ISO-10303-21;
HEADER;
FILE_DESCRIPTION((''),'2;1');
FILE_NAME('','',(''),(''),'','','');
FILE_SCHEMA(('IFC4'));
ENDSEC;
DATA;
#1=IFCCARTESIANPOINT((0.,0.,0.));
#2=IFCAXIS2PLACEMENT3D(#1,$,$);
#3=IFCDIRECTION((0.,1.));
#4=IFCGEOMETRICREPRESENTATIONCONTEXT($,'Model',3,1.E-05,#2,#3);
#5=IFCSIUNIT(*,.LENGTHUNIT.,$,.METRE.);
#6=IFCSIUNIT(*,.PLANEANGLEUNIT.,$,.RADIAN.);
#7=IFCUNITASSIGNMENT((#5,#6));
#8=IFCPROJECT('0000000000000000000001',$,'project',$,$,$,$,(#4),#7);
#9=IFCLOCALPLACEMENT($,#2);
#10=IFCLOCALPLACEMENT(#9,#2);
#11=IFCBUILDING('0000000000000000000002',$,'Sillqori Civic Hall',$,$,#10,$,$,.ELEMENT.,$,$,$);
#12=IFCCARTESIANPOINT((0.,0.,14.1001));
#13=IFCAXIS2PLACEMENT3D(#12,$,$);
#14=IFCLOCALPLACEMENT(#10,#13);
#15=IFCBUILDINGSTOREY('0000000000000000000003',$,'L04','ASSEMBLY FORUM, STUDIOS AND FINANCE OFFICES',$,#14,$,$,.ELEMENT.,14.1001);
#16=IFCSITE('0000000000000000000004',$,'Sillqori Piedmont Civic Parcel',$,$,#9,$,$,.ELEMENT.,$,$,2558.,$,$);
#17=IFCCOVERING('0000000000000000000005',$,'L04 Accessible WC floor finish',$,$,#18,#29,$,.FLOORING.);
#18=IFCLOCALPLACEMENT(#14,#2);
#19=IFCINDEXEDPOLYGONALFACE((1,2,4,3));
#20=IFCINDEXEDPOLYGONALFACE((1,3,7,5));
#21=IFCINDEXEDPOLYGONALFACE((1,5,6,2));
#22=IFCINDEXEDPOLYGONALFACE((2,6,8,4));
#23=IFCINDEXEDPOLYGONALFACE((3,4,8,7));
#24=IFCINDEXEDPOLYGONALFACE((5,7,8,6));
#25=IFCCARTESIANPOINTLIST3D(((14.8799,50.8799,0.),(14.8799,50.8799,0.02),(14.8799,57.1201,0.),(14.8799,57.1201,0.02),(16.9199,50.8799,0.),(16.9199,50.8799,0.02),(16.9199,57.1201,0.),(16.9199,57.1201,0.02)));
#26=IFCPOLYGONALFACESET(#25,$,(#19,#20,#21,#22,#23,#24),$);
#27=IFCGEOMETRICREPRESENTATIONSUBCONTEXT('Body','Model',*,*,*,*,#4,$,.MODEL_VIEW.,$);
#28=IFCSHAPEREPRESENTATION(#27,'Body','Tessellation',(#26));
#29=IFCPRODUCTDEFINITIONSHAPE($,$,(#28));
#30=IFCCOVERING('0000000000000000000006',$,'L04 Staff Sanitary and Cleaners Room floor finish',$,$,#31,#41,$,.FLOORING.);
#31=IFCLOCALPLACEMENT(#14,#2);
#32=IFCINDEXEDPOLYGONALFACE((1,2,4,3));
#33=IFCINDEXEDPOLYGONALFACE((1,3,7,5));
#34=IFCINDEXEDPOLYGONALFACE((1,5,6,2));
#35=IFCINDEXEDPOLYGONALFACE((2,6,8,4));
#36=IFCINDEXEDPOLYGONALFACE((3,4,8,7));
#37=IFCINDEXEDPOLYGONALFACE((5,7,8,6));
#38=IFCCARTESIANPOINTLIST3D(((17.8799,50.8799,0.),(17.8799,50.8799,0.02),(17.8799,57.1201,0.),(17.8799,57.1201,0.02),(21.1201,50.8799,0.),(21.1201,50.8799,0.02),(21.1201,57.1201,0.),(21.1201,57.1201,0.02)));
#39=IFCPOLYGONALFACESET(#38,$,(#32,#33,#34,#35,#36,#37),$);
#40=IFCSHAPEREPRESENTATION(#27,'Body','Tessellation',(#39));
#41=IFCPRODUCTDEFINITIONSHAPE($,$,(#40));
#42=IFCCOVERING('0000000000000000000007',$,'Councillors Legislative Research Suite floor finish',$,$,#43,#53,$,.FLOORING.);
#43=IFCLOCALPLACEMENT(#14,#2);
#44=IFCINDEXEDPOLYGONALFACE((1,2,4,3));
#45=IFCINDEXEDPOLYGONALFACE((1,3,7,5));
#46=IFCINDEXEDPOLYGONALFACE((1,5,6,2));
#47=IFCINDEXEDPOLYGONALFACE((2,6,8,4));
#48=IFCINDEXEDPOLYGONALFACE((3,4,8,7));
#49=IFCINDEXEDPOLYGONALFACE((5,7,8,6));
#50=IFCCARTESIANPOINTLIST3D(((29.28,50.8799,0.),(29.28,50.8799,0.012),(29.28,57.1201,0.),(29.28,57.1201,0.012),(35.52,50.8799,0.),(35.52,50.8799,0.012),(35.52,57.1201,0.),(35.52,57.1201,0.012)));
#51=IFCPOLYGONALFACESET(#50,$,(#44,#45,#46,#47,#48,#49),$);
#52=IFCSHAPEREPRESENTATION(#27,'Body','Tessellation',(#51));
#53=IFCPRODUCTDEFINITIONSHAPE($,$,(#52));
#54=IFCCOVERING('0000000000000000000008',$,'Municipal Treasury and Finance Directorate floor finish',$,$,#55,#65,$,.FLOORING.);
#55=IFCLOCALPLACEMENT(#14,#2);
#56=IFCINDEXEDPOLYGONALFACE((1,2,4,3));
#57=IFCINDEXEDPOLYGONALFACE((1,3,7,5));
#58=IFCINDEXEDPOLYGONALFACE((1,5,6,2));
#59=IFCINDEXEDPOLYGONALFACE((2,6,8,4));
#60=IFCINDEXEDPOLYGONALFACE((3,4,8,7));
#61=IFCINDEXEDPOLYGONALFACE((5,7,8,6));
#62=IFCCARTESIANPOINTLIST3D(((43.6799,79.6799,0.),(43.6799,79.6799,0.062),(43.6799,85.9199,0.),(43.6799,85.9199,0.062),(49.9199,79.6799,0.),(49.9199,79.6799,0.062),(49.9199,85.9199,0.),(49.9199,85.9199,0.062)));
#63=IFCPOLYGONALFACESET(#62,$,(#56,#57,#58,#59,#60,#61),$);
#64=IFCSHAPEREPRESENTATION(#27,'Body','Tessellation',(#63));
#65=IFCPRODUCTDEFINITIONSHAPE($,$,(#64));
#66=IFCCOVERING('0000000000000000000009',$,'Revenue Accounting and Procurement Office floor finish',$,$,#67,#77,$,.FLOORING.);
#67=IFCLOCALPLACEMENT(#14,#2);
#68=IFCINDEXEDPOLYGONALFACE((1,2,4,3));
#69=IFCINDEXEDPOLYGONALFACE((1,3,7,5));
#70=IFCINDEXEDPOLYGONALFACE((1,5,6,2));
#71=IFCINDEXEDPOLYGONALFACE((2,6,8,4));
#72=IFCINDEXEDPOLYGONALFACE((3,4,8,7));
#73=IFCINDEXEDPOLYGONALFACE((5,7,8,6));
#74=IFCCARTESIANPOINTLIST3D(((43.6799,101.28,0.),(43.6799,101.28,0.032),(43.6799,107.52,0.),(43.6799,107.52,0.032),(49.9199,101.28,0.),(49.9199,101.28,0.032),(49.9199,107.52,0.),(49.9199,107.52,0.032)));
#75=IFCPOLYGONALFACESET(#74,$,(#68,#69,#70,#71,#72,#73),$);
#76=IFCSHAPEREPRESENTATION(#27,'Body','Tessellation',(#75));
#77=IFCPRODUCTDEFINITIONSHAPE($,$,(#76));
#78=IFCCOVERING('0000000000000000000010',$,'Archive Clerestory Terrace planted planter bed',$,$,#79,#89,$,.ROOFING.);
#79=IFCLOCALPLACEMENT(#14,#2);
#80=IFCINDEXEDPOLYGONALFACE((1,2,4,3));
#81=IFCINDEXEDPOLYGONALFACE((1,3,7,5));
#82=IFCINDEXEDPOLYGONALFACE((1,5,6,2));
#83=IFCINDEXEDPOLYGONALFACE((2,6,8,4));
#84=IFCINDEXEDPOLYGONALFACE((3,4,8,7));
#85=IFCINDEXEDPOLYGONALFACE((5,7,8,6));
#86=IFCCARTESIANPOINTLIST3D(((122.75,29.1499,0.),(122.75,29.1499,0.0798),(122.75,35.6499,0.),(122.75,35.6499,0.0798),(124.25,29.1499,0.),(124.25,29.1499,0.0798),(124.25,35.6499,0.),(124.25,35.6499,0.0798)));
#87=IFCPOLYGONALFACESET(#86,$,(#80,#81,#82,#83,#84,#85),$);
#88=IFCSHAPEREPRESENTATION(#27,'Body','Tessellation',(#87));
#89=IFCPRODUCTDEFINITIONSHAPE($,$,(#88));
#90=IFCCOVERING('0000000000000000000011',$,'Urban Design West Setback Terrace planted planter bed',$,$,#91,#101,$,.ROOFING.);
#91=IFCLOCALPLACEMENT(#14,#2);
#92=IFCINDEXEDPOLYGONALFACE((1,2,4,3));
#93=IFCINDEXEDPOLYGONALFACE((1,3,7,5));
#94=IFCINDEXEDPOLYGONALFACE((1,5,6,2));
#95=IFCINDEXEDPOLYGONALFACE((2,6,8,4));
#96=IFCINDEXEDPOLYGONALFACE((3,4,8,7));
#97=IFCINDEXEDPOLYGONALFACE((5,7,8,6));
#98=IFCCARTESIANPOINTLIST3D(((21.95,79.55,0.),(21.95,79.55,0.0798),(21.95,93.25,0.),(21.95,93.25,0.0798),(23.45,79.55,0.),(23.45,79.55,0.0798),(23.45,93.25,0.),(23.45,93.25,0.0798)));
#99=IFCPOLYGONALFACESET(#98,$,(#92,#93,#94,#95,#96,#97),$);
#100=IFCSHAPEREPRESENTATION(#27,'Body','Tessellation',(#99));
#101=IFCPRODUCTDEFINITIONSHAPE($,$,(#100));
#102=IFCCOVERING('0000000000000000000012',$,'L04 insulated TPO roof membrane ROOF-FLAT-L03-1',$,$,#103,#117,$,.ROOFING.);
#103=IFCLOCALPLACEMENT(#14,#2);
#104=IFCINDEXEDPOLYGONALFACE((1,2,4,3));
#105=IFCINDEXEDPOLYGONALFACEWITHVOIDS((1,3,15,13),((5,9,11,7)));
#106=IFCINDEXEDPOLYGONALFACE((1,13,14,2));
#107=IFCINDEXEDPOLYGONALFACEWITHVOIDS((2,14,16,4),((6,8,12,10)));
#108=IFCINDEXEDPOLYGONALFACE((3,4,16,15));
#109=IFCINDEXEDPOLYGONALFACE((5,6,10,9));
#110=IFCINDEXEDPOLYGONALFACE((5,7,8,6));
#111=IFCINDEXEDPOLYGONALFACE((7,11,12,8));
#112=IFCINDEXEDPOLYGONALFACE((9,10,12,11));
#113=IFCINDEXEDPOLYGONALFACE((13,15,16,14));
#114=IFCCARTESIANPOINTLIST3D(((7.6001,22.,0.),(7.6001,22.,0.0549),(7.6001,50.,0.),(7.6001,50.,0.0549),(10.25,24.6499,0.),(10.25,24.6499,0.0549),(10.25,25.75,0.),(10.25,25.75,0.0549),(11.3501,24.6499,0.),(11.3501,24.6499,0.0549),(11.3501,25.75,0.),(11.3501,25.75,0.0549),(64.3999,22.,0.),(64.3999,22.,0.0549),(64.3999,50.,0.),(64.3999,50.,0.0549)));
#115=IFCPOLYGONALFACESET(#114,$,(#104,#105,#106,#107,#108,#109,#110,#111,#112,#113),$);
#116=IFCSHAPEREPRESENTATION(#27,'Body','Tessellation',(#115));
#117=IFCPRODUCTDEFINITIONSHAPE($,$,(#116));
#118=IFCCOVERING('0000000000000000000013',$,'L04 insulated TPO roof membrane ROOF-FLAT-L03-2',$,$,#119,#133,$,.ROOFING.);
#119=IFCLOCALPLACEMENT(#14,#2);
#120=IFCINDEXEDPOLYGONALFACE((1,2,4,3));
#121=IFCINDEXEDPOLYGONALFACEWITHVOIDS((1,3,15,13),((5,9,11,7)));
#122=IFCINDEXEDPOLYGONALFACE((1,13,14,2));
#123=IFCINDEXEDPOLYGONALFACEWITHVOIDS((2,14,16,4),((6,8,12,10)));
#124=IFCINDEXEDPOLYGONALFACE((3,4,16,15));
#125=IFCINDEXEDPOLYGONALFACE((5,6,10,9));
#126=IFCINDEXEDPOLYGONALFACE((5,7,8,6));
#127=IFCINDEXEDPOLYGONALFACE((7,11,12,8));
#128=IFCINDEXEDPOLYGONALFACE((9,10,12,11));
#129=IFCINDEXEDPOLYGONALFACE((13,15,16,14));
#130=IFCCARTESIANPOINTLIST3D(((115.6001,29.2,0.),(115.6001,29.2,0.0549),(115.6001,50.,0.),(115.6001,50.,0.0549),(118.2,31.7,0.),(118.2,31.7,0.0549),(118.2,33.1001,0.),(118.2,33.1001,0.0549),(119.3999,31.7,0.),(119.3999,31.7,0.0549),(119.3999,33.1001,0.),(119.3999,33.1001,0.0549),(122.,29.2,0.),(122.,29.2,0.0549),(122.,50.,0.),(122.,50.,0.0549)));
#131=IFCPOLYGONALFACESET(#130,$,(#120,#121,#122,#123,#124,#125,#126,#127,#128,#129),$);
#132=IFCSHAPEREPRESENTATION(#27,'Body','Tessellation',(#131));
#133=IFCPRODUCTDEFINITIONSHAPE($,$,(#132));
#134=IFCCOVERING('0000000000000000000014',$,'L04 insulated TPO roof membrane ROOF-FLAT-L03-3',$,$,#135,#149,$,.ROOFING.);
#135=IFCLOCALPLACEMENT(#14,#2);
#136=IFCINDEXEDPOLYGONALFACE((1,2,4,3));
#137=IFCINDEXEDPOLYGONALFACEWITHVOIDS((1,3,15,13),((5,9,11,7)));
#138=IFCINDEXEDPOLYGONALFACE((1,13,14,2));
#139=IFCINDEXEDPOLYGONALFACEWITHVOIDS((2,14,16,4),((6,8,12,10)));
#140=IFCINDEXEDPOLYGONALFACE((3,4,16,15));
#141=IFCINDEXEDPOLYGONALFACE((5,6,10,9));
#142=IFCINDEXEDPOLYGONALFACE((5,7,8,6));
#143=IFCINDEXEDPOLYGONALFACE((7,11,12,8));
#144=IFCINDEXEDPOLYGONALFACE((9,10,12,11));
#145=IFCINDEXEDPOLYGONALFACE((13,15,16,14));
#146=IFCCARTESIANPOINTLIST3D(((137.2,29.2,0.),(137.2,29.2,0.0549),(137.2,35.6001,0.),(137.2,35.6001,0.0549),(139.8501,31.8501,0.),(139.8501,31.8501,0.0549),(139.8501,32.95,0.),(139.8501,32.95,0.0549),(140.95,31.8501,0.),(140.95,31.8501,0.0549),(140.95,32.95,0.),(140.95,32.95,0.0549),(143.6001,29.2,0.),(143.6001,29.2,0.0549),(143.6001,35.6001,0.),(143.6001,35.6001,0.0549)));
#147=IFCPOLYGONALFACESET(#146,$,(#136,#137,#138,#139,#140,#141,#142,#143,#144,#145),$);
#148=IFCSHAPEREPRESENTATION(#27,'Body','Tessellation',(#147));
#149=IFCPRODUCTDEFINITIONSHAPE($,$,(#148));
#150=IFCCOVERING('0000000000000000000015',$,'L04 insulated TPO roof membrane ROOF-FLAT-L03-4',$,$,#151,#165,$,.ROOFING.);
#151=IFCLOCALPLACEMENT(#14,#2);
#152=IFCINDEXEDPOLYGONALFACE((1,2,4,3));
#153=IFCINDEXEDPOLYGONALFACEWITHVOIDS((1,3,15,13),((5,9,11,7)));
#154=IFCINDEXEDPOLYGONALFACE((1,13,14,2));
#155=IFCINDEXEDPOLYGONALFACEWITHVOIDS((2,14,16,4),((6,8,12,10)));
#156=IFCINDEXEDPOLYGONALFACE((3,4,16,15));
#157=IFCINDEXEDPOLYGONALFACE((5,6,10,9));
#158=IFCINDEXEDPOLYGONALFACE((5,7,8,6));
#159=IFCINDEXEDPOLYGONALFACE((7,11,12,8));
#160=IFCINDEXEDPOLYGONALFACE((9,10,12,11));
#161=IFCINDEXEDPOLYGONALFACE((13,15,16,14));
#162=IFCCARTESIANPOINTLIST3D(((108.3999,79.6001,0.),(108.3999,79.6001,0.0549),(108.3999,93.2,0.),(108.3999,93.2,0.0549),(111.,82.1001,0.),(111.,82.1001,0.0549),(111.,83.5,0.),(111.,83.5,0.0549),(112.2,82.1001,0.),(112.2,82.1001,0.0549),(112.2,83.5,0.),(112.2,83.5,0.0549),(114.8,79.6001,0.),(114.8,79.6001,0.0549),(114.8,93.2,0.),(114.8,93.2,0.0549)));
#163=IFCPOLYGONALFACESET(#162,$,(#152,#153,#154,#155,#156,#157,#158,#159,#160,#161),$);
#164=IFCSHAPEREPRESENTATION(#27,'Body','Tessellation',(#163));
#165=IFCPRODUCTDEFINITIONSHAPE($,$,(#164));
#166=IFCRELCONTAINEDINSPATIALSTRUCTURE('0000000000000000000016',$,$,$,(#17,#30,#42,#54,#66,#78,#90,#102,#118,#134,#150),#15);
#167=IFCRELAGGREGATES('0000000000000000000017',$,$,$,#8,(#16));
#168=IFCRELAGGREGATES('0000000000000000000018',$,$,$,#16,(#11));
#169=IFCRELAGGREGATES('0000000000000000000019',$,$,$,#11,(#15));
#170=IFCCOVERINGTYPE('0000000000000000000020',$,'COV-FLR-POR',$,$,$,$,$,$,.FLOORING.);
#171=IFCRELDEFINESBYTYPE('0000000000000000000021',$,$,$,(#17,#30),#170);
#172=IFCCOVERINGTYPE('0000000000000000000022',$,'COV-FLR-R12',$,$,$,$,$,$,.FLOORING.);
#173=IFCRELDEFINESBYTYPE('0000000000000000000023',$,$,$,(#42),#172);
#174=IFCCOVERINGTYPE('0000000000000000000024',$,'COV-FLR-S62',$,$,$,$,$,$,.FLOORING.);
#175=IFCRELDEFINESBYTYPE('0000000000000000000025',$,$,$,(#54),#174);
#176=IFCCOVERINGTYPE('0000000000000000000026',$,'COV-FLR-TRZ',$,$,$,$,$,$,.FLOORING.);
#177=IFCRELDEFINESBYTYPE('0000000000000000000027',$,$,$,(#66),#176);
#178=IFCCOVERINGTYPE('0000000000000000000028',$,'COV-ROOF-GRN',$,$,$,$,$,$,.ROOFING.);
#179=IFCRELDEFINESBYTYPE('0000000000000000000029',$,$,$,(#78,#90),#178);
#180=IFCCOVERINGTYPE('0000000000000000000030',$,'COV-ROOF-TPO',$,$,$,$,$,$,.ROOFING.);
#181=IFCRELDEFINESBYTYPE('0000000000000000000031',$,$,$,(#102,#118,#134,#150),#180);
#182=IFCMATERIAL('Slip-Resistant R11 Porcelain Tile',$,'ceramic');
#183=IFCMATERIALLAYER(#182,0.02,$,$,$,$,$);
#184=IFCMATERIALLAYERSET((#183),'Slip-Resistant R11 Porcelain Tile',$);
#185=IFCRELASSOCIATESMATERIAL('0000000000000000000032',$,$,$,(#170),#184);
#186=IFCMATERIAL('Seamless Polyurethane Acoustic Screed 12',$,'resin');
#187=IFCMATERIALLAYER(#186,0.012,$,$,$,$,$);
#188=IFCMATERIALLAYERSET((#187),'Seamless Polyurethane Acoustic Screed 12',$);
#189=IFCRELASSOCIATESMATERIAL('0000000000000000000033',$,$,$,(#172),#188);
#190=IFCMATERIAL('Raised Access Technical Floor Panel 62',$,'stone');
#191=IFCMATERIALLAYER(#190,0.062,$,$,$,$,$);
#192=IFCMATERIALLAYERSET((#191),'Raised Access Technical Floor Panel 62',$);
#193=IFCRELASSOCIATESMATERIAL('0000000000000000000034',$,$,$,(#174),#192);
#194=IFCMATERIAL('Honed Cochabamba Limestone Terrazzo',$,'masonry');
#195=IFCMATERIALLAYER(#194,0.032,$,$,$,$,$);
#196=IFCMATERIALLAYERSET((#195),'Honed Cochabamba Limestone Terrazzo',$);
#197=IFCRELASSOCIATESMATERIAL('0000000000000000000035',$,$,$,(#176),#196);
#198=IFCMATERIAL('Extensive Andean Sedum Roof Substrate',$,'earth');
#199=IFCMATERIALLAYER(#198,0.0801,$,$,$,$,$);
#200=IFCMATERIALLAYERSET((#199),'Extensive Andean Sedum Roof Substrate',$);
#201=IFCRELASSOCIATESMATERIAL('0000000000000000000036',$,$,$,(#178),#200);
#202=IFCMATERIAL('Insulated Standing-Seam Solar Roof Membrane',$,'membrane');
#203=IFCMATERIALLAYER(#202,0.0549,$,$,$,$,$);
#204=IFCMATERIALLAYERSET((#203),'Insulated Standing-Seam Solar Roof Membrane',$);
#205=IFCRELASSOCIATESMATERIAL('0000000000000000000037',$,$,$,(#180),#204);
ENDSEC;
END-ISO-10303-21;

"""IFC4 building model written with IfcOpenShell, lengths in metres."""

from ifc_helpers import new_model, si_unit, direction, frame, origin, place, context, subcontext, project, spatial, polyline, outline, extrude, material, layer, layer_set, type_object, element, save


model = new_model("IFC4")

# Units and contexts
model_context = context("Model", 3, precision=1e-05, world=origin(), true_north=direction((0.0, 1.0)))
body_context = subcontext(model_context, "Body", "Model", "MODEL_VIEW")
ifc_project = project(units=[si_unit("LENGTHUNIT", "METRE"), si_unit("PLANEANGLEUNIT", "RADIAN")], contexts=[model_context])

# Site, building, storey
site_placement = place(None, origin())
site = spatial("IfcSite", under=ifc_project, at=site_placement, Name="Sillqori Piedmont Civic Parcel", CompositionType="ELEMENT", RefElevation=2558.0)
building_placement = place(site_placement, origin())
building = spatial("IfcBuilding", under=site, at=building_placement, Name="Sillqori Civic Hall", CompositionType="ELEMENT")
storey_placement = place(building_placement, frame((0.0, 0.0, 14.1001)))
storey = spatial("IfcBuildingStorey", under=building, at=storey_placement, Name="L04", Description="ASSEMBLY FORUM, STUDIOS AND FINANCE OFFICES", CompositionType="ELEMENT", Elevation=14.1001)

# Coverings
ifc_material_1 = material(Name="Slip-Resistant R11 Porcelain Tile", Category="ceramic")
ifc_layer_1 = layer(ifc_material_1, 0.02)
ifc_layer_set_1 = layer_set([ifc_layer_1], Name="Slip-Resistant R11 Porcelain Tile")
covering_type_1 = type_object("IfcCoveringType", Name="COV-FLR-POR", PredefinedType="FLOORING", material=ifc_layer_set_1)
covering_1_placement = place(storey_placement, origin())
element("IfcCovering", 1, at=covering_1_placement, inside=storey, type_object=covering_type_1, Name="L04 Accessible WC floor finish", PredefinedType="FLOORING", context=body_context, shape_type="SweptSolid", body=[
    extrude(outline(polyline([(14.8799, 50.8799), (16.9199, 50.8799), (16.9199, 57.1201), (14.8799, 57.1201), (14.8799, 50.8799)])), origin(), (0.0, 0.0, 1.0), 0.02),
])
covering_2_placement = place(storey_placement, origin())
element("IfcCovering", 2, at=covering_2_placement, inside=storey, type_object=covering_type_1, Name="L04 Staff Sanitary and Cleaners Room floor finish", PredefinedType="FLOORING", context=body_context, shape_type="SweptSolid", body=[
    extrude(outline(polyline([(17.8799, 50.8799), (21.1201, 50.8799), (21.1201, 57.1201), (17.8799, 57.1201), (17.8799, 50.8799)])), origin(), (0.0, 0.0, 1.0), 0.02),
])
ifc_material_2 = material(Name="Seamless Polyurethane Acoustic Screed 12", Category="resin")
ifc_layer_2 = layer(ifc_material_2, 0.012)
ifc_layer_set_2 = layer_set([ifc_layer_2], Name="Seamless Polyurethane Acoustic Screed 12")
covering_type_2 = type_object("IfcCoveringType", Name="COV-FLR-R12", PredefinedType="FLOORING", material=ifc_layer_set_2)
covering_3_placement = place(storey_placement, origin())
element("IfcCovering", 3, at=covering_3_placement, inside=storey, type_object=covering_type_2, Name="Councillors Legislative Research Suite floor finish", PredefinedType="FLOORING", context=body_context, shape_type="SweptSolid", body=[
    extrude(outline(polyline([(29.28, 50.8799), (35.52, 50.8799), (35.52, 57.1201), (29.28, 57.1201), (29.28, 50.8799)])), origin(), (0.0, 0.0, 1.0), 0.012),
])
ifc_material_3 = material(Name="Raised Access Technical Floor Panel 62", Category="stone")
ifc_layer_3 = layer(ifc_material_3, 0.062)
ifc_layer_set_3 = layer_set([ifc_layer_3], Name="Raised Access Technical Floor Panel 62")
covering_type_3 = type_object("IfcCoveringType", Name="COV-FLR-S62", PredefinedType="FLOORING", material=ifc_layer_set_3)
covering_4_placement = place(storey_placement, origin())
element("IfcCovering", 4, at=covering_4_placement, inside=storey, type_object=covering_type_3, Name="Municipal Treasury and Finance Directorate floor finish", PredefinedType="FLOORING", context=body_context, shape_type="SweptSolid", body=[
    extrude(outline(polyline([(43.6799, 79.6799), (49.9199, 79.6799), (49.9199, 85.9199), (43.6799, 85.9199), (43.6799, 79.6799)])), origin(), (0.0, 0.0, 1.0), 0.062),
])
ifc_material_4 = material(Name="Honed Cochabamba Limestone Terrazzo", Category="masonry")
ifc_layer_4 = layer(ifc_material_4, 0.032)
ifc_layer_set_4 = layer_set([ifc_layer_4], Name="Honed Cochabamba Limestone Terrazzo")
covering_type_4 = type_object("IfcCoveringType", Name="COV-FLR-TRZ", PredefinedType="FLOORING", material=ifc_layer_set_4)
covering_5_placement = place(storey_placement, origin())
element("IfcCovering", 5, at=covering_5_placement, inside=storey, type_object=covering_type_4, Name="Revenue Accounting and Procurement Office floor finish", PredefinedType="FLOORING", context=body_context, shape_type="SweptSolid", body=[
    extrude(outline(polyline([(43.6799, 101.28), (49.9199, 101.28), (49.9199, 107.52), (43.6799, 107.52), (43.6799, 101.28)])), origin(), (0.0, 0.0, 1.0), 0.032),
])
ifc_material_5 = material(Name="Extensive Andean Sedum Roof Substrate", Category="earth")
ifc_layer_5 = layer(ifc_material_5, 0.0801)
ifc_layer_set_5 = layer_set([ifc_layer_5], Name="Extensive Andean Sedum Roof Substrate")
covering_type_5 = type_object("IfcCoveringType", Name="COV-ROOF-GRN", PredefinedType="ROOFING", material=ifc_layer_set_5)
covering_6_placement = place(storey_placement, origin())
element("IfcCovering", 6, at=covering_6_placement, inside=storey, type_object=covering_type_5, Name="Archive Clerestory Terrace planted planter bed", PredefinedType="ROOFING", context=body_context, shape_type="SweptSolid", body=[
    extrude(outline(polyline([(122.75, 29.1499), (124.25, 29.1499), (124.25, 35.6499), (122.75, 35.6499), (122.75, 29.1499)])), origin(), (0.0, 0.0, 1.0), 0.0798),
])
covering_7_placement = place(storey_placement, origin())
element("IfcCovering", 7, at=covering_7_placement, inside=storey, type_object=covering_type_5, Name="Urban Design West Setback Terrace planted planter bed", PredefinedType="ROOFING", context=body_context, shape_type="SweptSolid", body=[
    extrude(outline(polyline([(21.95, 79.55), (23.45, 79.55), (23.45, 93.25), (21.95, 93.25), (21.95, 79.55)])), origin(), (0.0, 0.0, 1.0), 0.0798),
])
ifc_material_6 = material(Name="Insulated Standing-Seam Solar Roof Membrane", Category="membrane")
ifc_layer_6 = layer(ifc_material_6, 0.0549)
ifc_layer_set_6 = layer_set([ifc_layer_6], Name="Insulated Standing-Seam Solar Roof Membrane")
covering_type_6 = type_object("IfcCoveringType", Name="COV-ROOF-TPO", PredefinedType="ROOFING", material=ifc_layer_set_6)
covering_8_placement = place(storey_placement, origin())
element("IfcCovering", 8, at=covering_8_placement, inside=storey, type_object=covering_type_6, Name="L04 insulated TPO roof membrane ROOF-FLAT-L03-1", PredefinedType="ROOFING", context=body_context, shape_type="SweptSolid", body=[
    extrude(outline(polyline([(7.6001, 22.0), (64.3999, 22.0), (64.3999, 50.0), (7.6001, 50.0), (7.6001, 22.0)]), holes=[polyline([(10.25, 24.6499), (10.25, 25.75), (11.3501, 25.75), (11.3501, 24.6499), (10.25, 24.6499)])]), origin(), (0.0, 0.0, 1.0), 0.0549),
])
covering_9_placement = place(storey_placement, origin())
element("IfcCovering", 9, at=covering_9_placement, inside=storey, type_object=covering_type_6, Name="L04 insulated TPO roof membrane ROOF-FLAT-L03-2", PredefinedType="ROOFING", context=body_context, shape_type="SweptSolid", body=[
    extrude(outline(polyline([(115.6001, 29.2), (122.0, 29.2), (122.0, 50.0), (115.6001, 50.0), (115.6001, 29.2)]), holes=[polyline([(118.2, 31.7), (118.2, 33.1001), (119.3999, 33.1001), (119.3999, 31.7), (118.2, 31.7)])]), origin(), (0.0, 0.0, 1.0), 0.0549),
])
covering_10_placement = place(storey_placement, origin())
element("IfcCovering", 10, at=covering_10_placement, inside=storey, type_object=covering_type_6, Name="L04 insulated TPO roof membrane ROOF-FLAT-L03-3", PredefinedType="ROOFING", context=body_context, shape_type="SweptSolid", body=[
    extrude(outline(polyline([(137.2, 29.2), (143.6001, 29.2), (143.6001, 35.6001), (137.2, 35.6001), (137.2, 29.2)]), holes=[polyline([(139.8501, 31.8501), (139.8501, 32.95), (140.95, 32.95), (140.95, 31.8501), (139.8501, 31.8501)])]), origin(), (0.0, 0.0, 1.0), 0.0549),
])
covering_11_placement = place(storey_placement, origin())
element("IfcCovering", 11, at=covering_11_placement, inside=storey, type_object=covering_type_6, Name="L04 insulated TPO roof membrane ROOF-FLAT-L03-4", PredefinedType="ROOFING", context=body_context, shape_type="SweptSolid", body=[
    extrude(outline(polyline([(108.3999, 79.6001), (114.8, 79.6001), (114.8, 93.2), (108.3999, 93.2), (108.3999, 79.6001)]), holes=[polyline([(111.0, 82.1001), (111.0, 83.5), (112.2, 83.5), (112.2, 82.1001), (111.0, 82.1001)])]), origin(), (0.0, 0.0, 1.0), 0.0549),
])

save(model, "model.ifc")
